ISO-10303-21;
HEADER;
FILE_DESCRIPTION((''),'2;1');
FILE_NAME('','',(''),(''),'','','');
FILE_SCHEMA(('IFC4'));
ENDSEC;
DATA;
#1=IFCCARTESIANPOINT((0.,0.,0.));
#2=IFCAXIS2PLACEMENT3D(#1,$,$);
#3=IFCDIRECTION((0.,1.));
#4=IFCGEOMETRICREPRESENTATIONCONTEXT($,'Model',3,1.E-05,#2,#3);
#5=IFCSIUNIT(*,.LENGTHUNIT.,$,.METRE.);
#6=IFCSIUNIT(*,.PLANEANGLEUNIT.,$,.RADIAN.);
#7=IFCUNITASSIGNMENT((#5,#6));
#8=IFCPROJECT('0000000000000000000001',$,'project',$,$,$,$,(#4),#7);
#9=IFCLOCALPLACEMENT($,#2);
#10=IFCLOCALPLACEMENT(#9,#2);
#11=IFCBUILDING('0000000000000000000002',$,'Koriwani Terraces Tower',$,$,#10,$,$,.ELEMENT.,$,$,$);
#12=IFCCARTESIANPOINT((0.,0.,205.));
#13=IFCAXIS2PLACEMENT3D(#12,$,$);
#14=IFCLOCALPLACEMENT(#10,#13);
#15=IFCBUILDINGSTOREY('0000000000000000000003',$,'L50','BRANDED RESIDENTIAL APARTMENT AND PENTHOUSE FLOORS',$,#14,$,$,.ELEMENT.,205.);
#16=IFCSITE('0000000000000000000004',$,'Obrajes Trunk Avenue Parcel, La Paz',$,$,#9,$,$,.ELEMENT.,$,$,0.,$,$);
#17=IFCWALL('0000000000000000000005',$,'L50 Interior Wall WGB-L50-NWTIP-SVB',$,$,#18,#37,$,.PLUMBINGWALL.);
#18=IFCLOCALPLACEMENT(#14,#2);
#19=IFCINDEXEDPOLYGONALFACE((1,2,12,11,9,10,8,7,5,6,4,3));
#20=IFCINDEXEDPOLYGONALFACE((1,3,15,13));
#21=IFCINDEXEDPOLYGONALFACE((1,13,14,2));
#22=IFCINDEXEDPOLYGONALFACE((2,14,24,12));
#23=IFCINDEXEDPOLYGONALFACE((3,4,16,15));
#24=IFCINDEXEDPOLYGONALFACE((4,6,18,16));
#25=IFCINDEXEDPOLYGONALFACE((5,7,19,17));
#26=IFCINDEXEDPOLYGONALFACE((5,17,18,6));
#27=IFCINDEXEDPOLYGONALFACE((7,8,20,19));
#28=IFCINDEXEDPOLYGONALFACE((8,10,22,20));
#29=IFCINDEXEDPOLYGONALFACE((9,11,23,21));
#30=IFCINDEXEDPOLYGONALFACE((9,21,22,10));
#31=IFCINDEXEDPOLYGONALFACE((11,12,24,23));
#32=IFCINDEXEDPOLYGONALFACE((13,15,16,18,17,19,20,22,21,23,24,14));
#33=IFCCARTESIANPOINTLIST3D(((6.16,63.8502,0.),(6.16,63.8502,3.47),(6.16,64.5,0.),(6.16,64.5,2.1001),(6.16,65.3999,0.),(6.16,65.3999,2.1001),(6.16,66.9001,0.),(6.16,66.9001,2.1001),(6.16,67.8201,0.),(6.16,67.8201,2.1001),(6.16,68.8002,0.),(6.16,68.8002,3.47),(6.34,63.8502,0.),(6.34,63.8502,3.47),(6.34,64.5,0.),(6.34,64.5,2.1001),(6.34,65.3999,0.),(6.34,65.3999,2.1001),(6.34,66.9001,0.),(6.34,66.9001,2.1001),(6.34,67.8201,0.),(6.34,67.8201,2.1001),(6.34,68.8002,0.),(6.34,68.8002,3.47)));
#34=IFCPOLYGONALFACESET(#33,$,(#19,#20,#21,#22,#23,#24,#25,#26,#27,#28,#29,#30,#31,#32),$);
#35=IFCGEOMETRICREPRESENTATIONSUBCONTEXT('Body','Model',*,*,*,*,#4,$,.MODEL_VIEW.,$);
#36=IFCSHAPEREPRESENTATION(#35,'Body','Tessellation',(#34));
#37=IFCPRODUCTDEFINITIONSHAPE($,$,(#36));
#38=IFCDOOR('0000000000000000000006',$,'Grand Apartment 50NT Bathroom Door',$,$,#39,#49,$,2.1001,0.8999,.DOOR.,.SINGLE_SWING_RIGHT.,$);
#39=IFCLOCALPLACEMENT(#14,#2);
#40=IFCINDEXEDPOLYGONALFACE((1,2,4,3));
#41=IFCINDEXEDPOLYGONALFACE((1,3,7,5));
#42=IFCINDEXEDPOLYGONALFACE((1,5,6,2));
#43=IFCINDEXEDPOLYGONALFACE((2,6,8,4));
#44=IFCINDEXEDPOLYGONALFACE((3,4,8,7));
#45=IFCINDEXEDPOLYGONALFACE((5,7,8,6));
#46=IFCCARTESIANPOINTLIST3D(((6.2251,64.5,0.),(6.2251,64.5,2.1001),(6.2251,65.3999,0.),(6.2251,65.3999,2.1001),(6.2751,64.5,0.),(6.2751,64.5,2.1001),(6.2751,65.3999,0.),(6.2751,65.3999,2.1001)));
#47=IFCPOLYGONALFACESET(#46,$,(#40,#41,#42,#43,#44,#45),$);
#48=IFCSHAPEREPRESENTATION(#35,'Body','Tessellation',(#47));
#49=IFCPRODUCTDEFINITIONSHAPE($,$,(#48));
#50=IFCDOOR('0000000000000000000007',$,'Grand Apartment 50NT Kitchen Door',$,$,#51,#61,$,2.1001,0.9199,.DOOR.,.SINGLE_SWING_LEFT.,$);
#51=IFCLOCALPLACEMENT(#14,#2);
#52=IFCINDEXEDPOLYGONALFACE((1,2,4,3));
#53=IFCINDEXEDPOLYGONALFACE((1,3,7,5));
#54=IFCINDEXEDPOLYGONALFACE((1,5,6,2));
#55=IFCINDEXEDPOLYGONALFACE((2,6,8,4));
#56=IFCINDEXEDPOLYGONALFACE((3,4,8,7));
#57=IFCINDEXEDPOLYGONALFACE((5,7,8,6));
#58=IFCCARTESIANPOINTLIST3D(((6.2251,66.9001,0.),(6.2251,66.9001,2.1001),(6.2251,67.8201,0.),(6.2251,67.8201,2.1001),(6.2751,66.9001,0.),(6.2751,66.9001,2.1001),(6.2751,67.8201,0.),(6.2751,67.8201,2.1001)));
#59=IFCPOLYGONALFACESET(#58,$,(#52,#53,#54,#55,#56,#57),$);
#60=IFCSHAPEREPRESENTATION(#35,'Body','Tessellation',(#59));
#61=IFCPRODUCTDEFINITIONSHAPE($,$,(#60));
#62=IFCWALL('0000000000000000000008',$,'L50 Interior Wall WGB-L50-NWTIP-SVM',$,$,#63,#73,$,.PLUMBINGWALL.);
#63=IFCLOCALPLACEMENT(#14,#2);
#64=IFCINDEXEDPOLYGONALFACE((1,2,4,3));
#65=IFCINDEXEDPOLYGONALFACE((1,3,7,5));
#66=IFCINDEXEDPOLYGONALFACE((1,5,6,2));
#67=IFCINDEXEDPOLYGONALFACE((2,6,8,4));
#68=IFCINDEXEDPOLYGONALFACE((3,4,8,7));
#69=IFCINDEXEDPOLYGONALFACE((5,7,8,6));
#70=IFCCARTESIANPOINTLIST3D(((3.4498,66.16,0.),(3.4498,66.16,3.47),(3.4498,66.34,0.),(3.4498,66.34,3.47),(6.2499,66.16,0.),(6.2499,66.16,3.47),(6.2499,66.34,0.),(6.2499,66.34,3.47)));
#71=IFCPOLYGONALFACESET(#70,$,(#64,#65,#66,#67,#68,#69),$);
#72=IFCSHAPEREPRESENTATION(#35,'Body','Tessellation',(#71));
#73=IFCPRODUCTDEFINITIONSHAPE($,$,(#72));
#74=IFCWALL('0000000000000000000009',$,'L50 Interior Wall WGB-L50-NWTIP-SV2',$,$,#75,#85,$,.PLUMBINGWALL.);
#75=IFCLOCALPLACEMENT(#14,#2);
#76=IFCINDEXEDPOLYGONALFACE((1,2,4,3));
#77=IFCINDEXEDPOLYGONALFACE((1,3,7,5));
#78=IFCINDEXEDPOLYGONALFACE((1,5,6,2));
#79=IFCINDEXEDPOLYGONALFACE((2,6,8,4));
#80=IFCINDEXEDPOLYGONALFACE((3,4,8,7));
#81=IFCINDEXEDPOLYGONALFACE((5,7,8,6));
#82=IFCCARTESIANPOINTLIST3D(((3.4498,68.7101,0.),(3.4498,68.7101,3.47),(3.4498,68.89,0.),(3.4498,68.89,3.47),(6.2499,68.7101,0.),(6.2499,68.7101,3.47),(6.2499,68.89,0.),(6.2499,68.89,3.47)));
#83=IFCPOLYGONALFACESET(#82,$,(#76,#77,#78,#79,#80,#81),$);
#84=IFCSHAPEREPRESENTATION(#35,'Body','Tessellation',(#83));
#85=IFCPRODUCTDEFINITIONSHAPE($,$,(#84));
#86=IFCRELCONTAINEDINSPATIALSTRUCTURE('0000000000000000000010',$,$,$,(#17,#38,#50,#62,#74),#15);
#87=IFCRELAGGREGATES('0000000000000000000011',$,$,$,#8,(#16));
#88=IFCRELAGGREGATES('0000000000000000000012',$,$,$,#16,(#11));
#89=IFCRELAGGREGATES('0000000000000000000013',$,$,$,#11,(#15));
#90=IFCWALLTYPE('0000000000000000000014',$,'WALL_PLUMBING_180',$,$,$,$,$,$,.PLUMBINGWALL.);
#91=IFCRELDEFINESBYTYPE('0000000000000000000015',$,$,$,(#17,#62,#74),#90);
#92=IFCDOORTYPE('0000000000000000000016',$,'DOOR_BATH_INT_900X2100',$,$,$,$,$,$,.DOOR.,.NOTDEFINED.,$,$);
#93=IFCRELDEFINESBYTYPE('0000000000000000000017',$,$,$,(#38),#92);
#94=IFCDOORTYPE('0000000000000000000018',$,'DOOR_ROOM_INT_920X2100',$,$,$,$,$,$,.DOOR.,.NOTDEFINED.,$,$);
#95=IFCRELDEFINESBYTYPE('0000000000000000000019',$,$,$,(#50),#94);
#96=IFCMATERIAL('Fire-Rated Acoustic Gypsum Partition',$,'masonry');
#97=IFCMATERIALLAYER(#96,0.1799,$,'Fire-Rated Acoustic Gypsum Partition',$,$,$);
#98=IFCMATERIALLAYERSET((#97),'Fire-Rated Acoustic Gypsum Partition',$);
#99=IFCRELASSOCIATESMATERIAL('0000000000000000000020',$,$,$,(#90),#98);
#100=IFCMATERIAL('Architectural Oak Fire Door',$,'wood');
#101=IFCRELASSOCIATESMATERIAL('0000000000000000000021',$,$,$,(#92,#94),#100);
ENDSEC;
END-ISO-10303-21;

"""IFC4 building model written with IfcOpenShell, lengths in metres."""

from ifc_helpers import new_model, si_unit, direction, frame, frame_2d, origin, place, context, subcontext, project, spatial, rectangle, extrude, material, layer, layer_set, type_object, element, fill, save


model = new_model("IFC4")

# Units and contexts
model_context = context("Model", 3, precision=1e-05, world=origin(), true_north=direction((0.0, 1.0)))
body_context = subcontext(model_context, "Body", "Model", "MODEL_VIEW")
ifc_project = project(units=[si_unit("LENGTHUNIT", "METRE"), si_unit("PLANEANGLEUNIT", "RADIAN")], contexts=[model_context])

# Site, building, storey
site_placement = place(None, origin())
site = spatial("IfcSite", under=ifc_project, at=site_placement, Name="Obrajes Trunk Avenue Parcel, La Paz", CompositionType="ELEMENT", RefElevation=0.0)
building_placement = place(site_placement, origin())
building = spatial("IfcBuilding", under=site, at=building_placement, Name="Koriwani Terraces Tower", CompositionType="ELEMENT")
storey_placement = place(building_placement, frame((0.0, 0.0, 205.0)))
storey = spatial("IfcBuildingStorey", under=building, at=storey_placement, Name="L50", Description="BRANDED RESIDENTIAL APARTMENT AND PENTHOUSE FLOORS", CompositionType="ELEMENT", Elevation=205.0)

# Wall, openings, doors
ifc_material_1 = material(Name="Fire-Rated Acoustic Gypsum Partition", Category="masonry")
ifc_layer_1 = layer(ifc_material_1, 0.1799, Name="Fire-Rated Acoustic Gypsum Partition")
ifc_layer_set_1 = layer_set([ifc_layer_1], Name="Fire-Rated Acoustic Gypsum Partition")
wall_type_1 = type_object("IfcWallType", Name="WALL_PLUMBING_180", PredefinedType="PLUMBINGWALL", material=ifc_layer_set_1)
wall_1_placement = place(storey_placement, frame((6.25, 63.8501, 0.0), z_axis=(0.0, 0.0, 1.0), x_axis=(0.0, 1.0, 0.0)))
wall_1 = element("IfcWall", 1, at=wall_1_placement, inside=storey, type_object=wall_type_1, Name="L50 Interior Wall WGB-L50-NWTIP-SVB", PredefinedType="PLUMBINGWALL", context=body_context, shape_type="SweptSolid", body=[
    extrude(rectangle(XDim=4.95, YDim=0.1799, at=frame_2d((2.4751, 0.0))), origin(), (0.0, 0.0, 1.0), 3.47),
])
opening_1_placement = place(wall_1_placement, frame((0.6499, 0.0, 0.0)))
opening_1 = element("IfcOpeningElement", 2, at=opening_1_placement, cuts=wall_1, PredefinedType="OPENING", context=body_context, shape_type="SweptSolid", body=[
    extrude(rectangle(XDim=0.8999, YDim=2.1001, at=frame_2d((0.45, 1.05))), frame((0.0, 0.1001, 0.0), z_axis=(0.0, -1.0, 0.0), x_axis=(1.0, 0.0, 0.0)), (0.0, 0.0, 1.0), 0.2),
])
opening_2_placement = place(wall_1_placement, frame((3.05, 0.0, 0.0)))
opening_2 = element("IfcOpeningElement", 3, at=opening_2_placement, cuts=wall_1, PredefinedType="OPENING", context=body_context, shape_type="SweptSolid", body=[
    extrude(rectangle(XDim=0.9199, YDim=2.1001, at=frame_2d((0.46, 1.05))), frame((0.0, 0.1001, 0.0), z_axis=(0.0, -1.0, 0.0), x_axis=(1.0, 0.0, 0.0)), (0.0, 0.0, 1.0), 0.2),
])
ifc_material_2 = material(Name="Architectural Oak Fire Door", Category="wood")
door_type_1 = type_object("IfcDoorType", Name="DOOR_BATH_INT_900X2100", OperationType="NOTDEFINED", PredefinedType="DOOR", material=ifc_material_2)
door_1_placement = place(opening_1_placement, origin())
door_1 = element("IfcDoor", 4, at=door_1_placement, inside=storey, type_object=door_type_1, Name="Grand Apartment 50NT Bathroom Door", OperationType="SINGLE_SWING_RIGHT", OverallHeight=2.1001, OverallWidth=0.8999, PredefinedType="DOOR", context=body_context, shape_type="SweptSolid", body=[
    extrude(rectangle(XDim=0.8999, YDim=2.1001, at=frame_2d((0.45, 1.05))), frame((0.0, 0.0249, 0.0), z_axis=(0.0, -1.0, 0.0), x_axis=(1.0, 0.0, 0.0)), (0.0, 0.0, 1.0), 0.05),
])
fill(opening_1, door_1)
door_type_2 = type_object("IfcDoorType", Name="DOOR_ROOM_INT_920X2100", OperationType="NOTDEFINED", PredefinedType="DOOR", material=ifc_material_2)
door_2_placement = place(opening_2_placement, origin())
door_2 = element("IfcDoor", 5, at=door_2_placement, inside=storey, type_object=door_type_2, Name="Grand Apartment 50NT Kitchen Door", OperationType="SINGLE_SWING_LEFT", OverallHeight=2.1001, OverallWidth=0.9199, PredefinedType="DOOR", context=body_context, shape_type="SweptSolid", body=[
    extrude(rectangle(XDim=0.9199, YDim=2.1001, at=frame_2d((0.46, 1.05))), frame((0.0, 0.0249, 0.0), z_axis=(0.0, -1.0, 0.0), x_axis=(1.0, 0.0, 0.0)), (0.0, 0.0, 1.0), 0.05),
])
fill(opening_2, door_2)

# Walls
for number, where, z_axis, x_axis, name in (
    (6, (3.45, 66.25, 0.0), (0.0, 0.0, 1.0), (1.0, 0.0, 0.0), "L50 Interior Wall WGB-L50-NWTIP-SVM"),
    (7, (3.45, 68.8, 0.0), (0.0, 0.0, 1.0), (1.0, 0.0, 0.0), "L50 Interior Wall WGB-L50-NWTIP-SV2"),
):
    element("IfcWall", number, at=place(storey_placement, frame(where, z_axis=z_axis, x_axis=x_axis)), inside=storey, type_object=wall_type_1, Name=name, PredefinedType="PLUMBINGWALL", context=body_context, shape_type="SweptSolid", body=[
        extrude(rectangle(XDim=2.8, YDim=0.1799, at=frame_2d((1.3999, 0.0))), origin(), (0.0, 0.0, 1.0), 3.47),
    ])

save(model, "model.ifc")
